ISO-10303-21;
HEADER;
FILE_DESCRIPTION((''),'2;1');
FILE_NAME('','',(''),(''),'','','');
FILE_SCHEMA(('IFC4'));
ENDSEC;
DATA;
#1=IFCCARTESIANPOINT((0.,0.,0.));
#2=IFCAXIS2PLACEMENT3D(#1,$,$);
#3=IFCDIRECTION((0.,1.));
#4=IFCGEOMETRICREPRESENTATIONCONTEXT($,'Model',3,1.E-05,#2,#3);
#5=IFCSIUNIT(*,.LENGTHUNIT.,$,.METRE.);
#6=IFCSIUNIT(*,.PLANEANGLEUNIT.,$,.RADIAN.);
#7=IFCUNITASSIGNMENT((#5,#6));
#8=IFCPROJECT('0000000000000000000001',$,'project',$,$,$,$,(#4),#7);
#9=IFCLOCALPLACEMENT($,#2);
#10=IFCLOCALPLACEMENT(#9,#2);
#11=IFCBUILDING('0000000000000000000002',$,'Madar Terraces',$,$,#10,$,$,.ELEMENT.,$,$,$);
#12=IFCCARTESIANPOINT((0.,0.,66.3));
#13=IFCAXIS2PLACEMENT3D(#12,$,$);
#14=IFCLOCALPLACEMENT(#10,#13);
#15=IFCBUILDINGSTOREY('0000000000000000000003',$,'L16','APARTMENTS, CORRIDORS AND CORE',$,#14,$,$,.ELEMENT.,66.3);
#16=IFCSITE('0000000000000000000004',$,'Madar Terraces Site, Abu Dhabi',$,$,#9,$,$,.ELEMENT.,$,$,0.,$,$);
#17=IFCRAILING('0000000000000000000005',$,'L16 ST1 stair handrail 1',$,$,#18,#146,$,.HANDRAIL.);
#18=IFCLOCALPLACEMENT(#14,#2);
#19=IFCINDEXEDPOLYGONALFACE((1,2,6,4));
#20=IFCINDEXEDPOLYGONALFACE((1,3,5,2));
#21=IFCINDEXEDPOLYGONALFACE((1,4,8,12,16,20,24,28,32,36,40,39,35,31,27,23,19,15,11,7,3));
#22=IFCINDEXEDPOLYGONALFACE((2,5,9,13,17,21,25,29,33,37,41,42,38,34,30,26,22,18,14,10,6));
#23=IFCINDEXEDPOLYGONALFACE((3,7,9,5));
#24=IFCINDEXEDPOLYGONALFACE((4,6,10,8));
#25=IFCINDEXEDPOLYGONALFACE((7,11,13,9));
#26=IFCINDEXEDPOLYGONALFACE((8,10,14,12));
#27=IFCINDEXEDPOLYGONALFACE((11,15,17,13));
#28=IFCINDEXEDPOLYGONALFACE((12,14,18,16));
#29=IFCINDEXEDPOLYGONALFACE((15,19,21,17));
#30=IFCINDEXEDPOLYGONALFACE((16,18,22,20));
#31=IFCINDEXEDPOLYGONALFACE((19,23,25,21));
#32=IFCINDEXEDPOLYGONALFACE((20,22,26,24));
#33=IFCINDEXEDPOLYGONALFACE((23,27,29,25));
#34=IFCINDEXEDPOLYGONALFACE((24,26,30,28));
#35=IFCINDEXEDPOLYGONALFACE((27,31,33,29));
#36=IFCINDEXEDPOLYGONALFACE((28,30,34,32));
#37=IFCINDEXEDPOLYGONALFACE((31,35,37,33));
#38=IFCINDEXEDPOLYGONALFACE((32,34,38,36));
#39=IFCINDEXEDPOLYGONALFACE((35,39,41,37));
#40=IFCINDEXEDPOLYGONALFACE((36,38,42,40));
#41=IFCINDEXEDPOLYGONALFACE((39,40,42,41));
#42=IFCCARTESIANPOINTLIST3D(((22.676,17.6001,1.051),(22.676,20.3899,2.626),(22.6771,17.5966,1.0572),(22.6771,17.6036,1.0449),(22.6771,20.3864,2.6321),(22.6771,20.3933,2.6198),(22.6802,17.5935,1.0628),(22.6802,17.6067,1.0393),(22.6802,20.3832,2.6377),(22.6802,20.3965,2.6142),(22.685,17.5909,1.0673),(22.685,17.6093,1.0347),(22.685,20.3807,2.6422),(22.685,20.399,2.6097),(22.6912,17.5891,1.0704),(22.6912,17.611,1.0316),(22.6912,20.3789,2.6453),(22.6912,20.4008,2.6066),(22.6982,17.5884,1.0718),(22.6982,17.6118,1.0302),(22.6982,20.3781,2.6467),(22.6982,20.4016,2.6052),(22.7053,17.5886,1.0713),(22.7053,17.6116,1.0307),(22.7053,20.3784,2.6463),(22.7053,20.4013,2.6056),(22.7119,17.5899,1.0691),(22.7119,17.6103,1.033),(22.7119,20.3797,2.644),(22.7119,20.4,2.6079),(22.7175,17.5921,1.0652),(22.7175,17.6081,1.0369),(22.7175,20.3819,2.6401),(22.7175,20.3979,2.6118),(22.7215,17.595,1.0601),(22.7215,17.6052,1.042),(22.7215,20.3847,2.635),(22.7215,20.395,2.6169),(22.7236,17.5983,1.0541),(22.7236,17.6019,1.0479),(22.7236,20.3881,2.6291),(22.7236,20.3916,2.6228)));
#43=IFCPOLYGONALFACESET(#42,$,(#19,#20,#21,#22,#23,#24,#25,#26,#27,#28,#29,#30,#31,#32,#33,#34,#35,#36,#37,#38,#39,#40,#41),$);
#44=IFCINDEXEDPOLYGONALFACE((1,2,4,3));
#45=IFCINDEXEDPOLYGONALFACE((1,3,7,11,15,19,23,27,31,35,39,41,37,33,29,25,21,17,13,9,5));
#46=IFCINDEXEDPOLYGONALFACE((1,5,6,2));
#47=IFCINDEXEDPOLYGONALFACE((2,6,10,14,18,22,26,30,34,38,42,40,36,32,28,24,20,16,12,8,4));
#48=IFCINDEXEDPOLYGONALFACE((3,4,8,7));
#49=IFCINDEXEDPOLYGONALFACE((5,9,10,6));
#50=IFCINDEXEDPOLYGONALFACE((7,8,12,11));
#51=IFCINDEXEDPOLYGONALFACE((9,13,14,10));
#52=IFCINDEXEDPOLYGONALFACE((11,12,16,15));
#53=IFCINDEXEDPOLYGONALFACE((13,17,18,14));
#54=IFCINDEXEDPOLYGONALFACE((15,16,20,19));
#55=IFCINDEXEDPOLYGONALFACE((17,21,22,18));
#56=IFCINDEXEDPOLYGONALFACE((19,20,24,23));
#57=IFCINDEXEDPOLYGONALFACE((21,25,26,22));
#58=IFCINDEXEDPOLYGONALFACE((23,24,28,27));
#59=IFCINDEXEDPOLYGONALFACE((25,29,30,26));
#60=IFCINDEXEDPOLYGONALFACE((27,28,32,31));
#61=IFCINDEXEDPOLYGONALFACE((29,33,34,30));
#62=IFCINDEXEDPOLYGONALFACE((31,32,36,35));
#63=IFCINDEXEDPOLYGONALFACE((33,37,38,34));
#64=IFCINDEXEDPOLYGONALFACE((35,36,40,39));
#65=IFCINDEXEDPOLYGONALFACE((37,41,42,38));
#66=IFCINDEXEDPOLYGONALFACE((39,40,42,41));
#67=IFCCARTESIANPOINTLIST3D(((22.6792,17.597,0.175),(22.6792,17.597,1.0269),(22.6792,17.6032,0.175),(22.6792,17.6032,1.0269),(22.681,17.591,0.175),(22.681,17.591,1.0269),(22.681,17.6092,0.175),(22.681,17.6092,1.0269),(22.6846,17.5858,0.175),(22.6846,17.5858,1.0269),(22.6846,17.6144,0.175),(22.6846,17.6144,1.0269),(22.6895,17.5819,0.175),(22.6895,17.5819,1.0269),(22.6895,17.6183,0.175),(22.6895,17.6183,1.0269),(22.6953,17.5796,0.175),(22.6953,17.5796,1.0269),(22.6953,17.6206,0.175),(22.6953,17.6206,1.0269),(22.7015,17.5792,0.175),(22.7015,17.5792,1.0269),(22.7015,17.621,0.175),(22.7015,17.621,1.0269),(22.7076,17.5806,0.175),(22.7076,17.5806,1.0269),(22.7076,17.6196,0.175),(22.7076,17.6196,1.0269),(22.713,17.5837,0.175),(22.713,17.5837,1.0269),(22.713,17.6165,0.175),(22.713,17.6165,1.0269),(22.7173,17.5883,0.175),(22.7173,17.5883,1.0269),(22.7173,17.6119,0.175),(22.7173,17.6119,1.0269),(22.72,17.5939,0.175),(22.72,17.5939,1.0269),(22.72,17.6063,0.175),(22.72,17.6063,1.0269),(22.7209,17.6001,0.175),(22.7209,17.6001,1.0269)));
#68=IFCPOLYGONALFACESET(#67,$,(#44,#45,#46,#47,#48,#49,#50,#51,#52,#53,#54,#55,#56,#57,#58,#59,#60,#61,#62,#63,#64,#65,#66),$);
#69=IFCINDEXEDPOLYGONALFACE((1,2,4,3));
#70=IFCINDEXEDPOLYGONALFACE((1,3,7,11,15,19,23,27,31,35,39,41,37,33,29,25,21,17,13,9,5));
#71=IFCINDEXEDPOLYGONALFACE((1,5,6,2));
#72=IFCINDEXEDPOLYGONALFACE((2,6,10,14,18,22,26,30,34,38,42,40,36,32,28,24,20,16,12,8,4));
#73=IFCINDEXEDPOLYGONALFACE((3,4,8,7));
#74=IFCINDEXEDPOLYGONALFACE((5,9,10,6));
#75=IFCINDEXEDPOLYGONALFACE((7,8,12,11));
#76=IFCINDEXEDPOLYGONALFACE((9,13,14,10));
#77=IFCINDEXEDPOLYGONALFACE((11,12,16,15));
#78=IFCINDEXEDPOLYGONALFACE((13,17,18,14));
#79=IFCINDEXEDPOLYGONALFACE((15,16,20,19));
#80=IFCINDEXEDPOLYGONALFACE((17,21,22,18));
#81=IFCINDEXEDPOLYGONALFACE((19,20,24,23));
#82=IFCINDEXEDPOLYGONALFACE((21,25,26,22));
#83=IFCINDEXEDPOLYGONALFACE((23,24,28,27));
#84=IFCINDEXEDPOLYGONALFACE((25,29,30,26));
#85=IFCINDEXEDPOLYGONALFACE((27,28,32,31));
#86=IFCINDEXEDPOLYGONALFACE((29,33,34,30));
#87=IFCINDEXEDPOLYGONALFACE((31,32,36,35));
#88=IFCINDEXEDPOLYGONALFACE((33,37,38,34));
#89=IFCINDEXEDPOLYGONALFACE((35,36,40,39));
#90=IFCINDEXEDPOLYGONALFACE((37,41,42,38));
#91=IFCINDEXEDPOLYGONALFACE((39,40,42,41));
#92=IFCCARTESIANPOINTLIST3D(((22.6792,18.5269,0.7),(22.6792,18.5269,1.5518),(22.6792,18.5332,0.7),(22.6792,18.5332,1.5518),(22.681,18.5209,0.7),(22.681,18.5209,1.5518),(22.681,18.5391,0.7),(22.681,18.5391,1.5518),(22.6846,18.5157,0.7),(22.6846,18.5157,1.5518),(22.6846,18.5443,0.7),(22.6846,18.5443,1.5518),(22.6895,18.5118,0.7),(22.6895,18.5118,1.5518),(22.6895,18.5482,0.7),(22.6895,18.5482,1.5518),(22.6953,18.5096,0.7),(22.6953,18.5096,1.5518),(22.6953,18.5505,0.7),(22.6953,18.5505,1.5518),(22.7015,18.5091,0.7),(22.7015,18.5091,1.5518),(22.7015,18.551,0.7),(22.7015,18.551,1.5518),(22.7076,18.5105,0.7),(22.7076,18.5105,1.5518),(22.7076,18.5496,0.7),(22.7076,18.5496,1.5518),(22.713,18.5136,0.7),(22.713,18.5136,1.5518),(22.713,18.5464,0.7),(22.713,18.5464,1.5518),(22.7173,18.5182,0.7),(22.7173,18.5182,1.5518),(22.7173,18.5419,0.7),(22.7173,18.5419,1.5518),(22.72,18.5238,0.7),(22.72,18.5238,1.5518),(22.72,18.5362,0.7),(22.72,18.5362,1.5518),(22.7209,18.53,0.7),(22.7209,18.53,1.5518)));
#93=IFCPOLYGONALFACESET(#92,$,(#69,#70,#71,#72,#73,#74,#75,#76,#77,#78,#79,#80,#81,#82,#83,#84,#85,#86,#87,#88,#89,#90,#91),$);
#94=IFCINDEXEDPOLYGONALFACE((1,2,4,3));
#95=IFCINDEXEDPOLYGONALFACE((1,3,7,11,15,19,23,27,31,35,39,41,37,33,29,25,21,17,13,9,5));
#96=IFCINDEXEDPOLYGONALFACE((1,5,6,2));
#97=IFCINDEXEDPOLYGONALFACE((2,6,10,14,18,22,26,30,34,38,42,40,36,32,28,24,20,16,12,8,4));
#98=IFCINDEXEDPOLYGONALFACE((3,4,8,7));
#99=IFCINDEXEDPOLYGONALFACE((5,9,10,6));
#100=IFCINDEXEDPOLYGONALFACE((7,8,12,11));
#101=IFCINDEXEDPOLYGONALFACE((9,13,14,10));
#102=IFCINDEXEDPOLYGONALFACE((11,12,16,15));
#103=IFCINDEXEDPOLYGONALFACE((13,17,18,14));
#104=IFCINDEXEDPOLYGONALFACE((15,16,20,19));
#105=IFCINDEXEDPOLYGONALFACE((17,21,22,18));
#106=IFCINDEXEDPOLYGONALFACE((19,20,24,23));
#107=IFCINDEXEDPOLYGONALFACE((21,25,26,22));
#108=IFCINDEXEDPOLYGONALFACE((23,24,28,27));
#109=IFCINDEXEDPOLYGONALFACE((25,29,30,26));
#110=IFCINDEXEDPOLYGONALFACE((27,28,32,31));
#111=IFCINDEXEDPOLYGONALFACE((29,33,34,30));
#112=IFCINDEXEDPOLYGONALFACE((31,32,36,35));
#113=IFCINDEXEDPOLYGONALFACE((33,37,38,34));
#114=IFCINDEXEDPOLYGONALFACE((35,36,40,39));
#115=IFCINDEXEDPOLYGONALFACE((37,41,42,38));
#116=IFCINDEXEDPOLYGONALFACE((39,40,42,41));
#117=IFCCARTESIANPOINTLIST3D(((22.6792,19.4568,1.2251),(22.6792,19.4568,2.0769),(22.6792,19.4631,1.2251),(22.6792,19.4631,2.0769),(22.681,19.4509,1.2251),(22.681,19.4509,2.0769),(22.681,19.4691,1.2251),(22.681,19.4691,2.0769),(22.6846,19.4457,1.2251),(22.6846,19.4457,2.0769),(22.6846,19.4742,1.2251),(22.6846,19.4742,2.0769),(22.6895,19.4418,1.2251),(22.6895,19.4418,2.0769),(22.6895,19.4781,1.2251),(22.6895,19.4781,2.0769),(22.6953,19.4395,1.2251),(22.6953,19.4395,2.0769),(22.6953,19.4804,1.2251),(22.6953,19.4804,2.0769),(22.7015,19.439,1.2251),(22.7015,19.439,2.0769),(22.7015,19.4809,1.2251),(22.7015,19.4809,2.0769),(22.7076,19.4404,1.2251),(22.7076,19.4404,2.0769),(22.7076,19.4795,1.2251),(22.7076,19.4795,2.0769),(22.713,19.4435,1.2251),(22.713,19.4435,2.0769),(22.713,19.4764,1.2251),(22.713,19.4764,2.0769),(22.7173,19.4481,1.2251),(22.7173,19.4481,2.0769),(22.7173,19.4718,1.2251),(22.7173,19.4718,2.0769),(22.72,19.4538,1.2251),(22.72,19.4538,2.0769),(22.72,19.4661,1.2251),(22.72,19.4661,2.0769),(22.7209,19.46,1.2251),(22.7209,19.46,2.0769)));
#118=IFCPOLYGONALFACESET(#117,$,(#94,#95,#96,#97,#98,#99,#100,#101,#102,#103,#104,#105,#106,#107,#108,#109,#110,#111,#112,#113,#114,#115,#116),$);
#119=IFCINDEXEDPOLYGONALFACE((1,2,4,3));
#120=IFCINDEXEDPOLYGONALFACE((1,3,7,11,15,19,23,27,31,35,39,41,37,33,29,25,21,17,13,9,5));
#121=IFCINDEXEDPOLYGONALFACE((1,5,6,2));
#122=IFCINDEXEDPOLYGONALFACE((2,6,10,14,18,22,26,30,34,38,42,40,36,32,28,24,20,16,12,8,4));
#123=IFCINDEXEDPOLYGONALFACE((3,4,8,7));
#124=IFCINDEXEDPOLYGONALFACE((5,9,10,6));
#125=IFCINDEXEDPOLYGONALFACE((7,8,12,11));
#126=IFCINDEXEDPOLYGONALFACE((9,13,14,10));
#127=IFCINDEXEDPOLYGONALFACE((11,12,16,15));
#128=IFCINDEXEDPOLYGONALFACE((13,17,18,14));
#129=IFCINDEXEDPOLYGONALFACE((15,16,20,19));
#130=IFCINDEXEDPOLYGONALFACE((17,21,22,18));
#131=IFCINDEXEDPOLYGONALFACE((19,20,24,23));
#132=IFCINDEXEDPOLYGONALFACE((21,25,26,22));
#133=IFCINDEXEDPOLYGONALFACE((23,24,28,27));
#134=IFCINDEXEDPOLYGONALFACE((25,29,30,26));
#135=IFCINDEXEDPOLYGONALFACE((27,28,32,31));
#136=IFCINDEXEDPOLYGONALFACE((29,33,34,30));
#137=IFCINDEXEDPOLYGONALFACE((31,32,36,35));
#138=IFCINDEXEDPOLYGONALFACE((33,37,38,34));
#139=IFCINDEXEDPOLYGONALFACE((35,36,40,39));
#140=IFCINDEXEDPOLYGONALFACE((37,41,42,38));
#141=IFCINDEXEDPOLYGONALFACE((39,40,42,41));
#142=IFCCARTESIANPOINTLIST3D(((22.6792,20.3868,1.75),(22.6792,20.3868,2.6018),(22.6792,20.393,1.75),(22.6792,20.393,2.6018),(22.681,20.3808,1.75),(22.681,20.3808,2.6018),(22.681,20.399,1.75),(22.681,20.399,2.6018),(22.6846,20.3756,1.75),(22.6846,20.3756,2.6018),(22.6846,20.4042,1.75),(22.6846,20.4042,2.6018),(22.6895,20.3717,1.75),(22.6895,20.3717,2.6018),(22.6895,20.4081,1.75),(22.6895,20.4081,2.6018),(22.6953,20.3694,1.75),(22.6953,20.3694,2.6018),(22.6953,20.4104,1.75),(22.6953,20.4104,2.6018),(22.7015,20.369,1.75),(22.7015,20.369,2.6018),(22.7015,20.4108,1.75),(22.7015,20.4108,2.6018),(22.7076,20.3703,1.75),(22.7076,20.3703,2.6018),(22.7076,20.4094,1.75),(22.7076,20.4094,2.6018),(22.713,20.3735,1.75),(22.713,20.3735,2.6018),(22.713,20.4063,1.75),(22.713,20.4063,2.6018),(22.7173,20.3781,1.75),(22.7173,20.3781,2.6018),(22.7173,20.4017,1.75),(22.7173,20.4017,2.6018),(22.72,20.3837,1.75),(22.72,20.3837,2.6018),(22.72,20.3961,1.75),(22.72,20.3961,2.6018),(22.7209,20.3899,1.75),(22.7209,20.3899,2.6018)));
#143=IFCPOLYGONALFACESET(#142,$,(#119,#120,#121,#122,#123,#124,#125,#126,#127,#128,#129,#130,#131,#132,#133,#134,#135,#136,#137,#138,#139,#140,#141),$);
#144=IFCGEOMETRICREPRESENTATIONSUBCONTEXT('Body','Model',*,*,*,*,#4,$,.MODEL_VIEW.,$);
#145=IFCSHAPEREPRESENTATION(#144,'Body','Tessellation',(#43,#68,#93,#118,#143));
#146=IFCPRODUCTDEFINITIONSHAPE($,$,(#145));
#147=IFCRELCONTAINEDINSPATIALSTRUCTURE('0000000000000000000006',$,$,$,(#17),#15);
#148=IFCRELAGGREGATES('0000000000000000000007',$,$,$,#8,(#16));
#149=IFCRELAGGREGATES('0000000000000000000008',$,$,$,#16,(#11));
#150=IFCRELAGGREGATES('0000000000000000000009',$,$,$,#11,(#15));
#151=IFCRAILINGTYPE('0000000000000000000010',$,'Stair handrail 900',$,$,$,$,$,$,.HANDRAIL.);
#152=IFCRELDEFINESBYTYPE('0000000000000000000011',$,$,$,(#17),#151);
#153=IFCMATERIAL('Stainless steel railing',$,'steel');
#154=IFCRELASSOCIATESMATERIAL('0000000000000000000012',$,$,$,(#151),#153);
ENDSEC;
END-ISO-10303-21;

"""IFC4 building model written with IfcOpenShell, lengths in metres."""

from ifc_helpers import new_model, si_unit, direction, frame, origin, origin_2d, place, context, subcontext, project, spatial, circle, extrude, material, type_object, element, save


model = new_model("IFC4")

# Units and contexts
model_context = context("Model", 3, precision=1e-05, world=origin(), true_north=direction((0.0, 1.0)))
body_context = subcontext(model_context, "Body", "Model", "MODEL_VIEW")
ifc_project = project(units=[si_unit("LENGTHUNIT", "METRE"), si_unit("PLANEANGLEUNIT", "RADIAN")], contexts=[model_context])

# Site, building, storey
site_placement = place(None, origin())
site = spatial("IfcSite", under=ifc_project, at=site_placement, Name="Madar Terraces Site, Abu Dhabi", CompositionType="ELEMENT", RefElevation=0.0)
building_placement = place(site_placement, origin())
building = spatial("IfcBuilding", under=site, at=building_placement, Name="Madar Terraces", CompositionType="ELEMENT")
storey_placement = place(building_placement, frame((0.0, 0.0, 66.3)))
storey = spatial("IfcBuildingStorey", under=building, at=storey_placement, Name="L16", Description="APARTMENTS, CORRIDORS AND CORE", CompositionType="ELEMENT", Elevation=66.3)

# Railing
ifc_material_1 = material(Name="Stainless steel railing", Category="steel")
railing_type = type_object("IfcRailingType", Name="Stair handrail 900", PredefinedType="HANDRAIL", material=ifc_material_1)
railing_placement = place(storey_placement, frame((22.7, 17.6001, 0.175)))
element("IfcRailing", 1, at=railing_placement, inside=storey, type_object=railing_type, Name="L16 ST1 stair handrail 1", PredefinedType="HANDRAIL", context=body_context, shape_type="SweptSolid", body=[
    extrude(circle(Radius=0.0239, at=origin_2d()), frame((0.0, 0.0, 0.876), z_axis=(0.0, 0.870815, 0.49161), x_axis=(-1.0, 0.0, 0.0)), (0.0, 0.0, 1.0), 3.2036),
    extrude(circle(Radius=0.021, at=origin_2d()), origin(), (0.0, 0.0, 1.0), 0.8518),
    extrude(circle(Radius=0.021, at=origin_2d()), frame((0.0, 0.9299, 0.5249)), (0.0, 0.0, 1.0), 0.8518),
    extrude(circle(Radius=0.021, at=origin_2d()), frame((0.0, 1.8599, 1.05)), (0.0, 0.0, 1.0), 0.8518),
    extrude(circle(Radius=0.021, at=origin_2d()), frame((0.0, 2.7898, 1.575)), (0.0, 0.0, 1.0), 0.8518),
])

save(model, "model.ifc")
